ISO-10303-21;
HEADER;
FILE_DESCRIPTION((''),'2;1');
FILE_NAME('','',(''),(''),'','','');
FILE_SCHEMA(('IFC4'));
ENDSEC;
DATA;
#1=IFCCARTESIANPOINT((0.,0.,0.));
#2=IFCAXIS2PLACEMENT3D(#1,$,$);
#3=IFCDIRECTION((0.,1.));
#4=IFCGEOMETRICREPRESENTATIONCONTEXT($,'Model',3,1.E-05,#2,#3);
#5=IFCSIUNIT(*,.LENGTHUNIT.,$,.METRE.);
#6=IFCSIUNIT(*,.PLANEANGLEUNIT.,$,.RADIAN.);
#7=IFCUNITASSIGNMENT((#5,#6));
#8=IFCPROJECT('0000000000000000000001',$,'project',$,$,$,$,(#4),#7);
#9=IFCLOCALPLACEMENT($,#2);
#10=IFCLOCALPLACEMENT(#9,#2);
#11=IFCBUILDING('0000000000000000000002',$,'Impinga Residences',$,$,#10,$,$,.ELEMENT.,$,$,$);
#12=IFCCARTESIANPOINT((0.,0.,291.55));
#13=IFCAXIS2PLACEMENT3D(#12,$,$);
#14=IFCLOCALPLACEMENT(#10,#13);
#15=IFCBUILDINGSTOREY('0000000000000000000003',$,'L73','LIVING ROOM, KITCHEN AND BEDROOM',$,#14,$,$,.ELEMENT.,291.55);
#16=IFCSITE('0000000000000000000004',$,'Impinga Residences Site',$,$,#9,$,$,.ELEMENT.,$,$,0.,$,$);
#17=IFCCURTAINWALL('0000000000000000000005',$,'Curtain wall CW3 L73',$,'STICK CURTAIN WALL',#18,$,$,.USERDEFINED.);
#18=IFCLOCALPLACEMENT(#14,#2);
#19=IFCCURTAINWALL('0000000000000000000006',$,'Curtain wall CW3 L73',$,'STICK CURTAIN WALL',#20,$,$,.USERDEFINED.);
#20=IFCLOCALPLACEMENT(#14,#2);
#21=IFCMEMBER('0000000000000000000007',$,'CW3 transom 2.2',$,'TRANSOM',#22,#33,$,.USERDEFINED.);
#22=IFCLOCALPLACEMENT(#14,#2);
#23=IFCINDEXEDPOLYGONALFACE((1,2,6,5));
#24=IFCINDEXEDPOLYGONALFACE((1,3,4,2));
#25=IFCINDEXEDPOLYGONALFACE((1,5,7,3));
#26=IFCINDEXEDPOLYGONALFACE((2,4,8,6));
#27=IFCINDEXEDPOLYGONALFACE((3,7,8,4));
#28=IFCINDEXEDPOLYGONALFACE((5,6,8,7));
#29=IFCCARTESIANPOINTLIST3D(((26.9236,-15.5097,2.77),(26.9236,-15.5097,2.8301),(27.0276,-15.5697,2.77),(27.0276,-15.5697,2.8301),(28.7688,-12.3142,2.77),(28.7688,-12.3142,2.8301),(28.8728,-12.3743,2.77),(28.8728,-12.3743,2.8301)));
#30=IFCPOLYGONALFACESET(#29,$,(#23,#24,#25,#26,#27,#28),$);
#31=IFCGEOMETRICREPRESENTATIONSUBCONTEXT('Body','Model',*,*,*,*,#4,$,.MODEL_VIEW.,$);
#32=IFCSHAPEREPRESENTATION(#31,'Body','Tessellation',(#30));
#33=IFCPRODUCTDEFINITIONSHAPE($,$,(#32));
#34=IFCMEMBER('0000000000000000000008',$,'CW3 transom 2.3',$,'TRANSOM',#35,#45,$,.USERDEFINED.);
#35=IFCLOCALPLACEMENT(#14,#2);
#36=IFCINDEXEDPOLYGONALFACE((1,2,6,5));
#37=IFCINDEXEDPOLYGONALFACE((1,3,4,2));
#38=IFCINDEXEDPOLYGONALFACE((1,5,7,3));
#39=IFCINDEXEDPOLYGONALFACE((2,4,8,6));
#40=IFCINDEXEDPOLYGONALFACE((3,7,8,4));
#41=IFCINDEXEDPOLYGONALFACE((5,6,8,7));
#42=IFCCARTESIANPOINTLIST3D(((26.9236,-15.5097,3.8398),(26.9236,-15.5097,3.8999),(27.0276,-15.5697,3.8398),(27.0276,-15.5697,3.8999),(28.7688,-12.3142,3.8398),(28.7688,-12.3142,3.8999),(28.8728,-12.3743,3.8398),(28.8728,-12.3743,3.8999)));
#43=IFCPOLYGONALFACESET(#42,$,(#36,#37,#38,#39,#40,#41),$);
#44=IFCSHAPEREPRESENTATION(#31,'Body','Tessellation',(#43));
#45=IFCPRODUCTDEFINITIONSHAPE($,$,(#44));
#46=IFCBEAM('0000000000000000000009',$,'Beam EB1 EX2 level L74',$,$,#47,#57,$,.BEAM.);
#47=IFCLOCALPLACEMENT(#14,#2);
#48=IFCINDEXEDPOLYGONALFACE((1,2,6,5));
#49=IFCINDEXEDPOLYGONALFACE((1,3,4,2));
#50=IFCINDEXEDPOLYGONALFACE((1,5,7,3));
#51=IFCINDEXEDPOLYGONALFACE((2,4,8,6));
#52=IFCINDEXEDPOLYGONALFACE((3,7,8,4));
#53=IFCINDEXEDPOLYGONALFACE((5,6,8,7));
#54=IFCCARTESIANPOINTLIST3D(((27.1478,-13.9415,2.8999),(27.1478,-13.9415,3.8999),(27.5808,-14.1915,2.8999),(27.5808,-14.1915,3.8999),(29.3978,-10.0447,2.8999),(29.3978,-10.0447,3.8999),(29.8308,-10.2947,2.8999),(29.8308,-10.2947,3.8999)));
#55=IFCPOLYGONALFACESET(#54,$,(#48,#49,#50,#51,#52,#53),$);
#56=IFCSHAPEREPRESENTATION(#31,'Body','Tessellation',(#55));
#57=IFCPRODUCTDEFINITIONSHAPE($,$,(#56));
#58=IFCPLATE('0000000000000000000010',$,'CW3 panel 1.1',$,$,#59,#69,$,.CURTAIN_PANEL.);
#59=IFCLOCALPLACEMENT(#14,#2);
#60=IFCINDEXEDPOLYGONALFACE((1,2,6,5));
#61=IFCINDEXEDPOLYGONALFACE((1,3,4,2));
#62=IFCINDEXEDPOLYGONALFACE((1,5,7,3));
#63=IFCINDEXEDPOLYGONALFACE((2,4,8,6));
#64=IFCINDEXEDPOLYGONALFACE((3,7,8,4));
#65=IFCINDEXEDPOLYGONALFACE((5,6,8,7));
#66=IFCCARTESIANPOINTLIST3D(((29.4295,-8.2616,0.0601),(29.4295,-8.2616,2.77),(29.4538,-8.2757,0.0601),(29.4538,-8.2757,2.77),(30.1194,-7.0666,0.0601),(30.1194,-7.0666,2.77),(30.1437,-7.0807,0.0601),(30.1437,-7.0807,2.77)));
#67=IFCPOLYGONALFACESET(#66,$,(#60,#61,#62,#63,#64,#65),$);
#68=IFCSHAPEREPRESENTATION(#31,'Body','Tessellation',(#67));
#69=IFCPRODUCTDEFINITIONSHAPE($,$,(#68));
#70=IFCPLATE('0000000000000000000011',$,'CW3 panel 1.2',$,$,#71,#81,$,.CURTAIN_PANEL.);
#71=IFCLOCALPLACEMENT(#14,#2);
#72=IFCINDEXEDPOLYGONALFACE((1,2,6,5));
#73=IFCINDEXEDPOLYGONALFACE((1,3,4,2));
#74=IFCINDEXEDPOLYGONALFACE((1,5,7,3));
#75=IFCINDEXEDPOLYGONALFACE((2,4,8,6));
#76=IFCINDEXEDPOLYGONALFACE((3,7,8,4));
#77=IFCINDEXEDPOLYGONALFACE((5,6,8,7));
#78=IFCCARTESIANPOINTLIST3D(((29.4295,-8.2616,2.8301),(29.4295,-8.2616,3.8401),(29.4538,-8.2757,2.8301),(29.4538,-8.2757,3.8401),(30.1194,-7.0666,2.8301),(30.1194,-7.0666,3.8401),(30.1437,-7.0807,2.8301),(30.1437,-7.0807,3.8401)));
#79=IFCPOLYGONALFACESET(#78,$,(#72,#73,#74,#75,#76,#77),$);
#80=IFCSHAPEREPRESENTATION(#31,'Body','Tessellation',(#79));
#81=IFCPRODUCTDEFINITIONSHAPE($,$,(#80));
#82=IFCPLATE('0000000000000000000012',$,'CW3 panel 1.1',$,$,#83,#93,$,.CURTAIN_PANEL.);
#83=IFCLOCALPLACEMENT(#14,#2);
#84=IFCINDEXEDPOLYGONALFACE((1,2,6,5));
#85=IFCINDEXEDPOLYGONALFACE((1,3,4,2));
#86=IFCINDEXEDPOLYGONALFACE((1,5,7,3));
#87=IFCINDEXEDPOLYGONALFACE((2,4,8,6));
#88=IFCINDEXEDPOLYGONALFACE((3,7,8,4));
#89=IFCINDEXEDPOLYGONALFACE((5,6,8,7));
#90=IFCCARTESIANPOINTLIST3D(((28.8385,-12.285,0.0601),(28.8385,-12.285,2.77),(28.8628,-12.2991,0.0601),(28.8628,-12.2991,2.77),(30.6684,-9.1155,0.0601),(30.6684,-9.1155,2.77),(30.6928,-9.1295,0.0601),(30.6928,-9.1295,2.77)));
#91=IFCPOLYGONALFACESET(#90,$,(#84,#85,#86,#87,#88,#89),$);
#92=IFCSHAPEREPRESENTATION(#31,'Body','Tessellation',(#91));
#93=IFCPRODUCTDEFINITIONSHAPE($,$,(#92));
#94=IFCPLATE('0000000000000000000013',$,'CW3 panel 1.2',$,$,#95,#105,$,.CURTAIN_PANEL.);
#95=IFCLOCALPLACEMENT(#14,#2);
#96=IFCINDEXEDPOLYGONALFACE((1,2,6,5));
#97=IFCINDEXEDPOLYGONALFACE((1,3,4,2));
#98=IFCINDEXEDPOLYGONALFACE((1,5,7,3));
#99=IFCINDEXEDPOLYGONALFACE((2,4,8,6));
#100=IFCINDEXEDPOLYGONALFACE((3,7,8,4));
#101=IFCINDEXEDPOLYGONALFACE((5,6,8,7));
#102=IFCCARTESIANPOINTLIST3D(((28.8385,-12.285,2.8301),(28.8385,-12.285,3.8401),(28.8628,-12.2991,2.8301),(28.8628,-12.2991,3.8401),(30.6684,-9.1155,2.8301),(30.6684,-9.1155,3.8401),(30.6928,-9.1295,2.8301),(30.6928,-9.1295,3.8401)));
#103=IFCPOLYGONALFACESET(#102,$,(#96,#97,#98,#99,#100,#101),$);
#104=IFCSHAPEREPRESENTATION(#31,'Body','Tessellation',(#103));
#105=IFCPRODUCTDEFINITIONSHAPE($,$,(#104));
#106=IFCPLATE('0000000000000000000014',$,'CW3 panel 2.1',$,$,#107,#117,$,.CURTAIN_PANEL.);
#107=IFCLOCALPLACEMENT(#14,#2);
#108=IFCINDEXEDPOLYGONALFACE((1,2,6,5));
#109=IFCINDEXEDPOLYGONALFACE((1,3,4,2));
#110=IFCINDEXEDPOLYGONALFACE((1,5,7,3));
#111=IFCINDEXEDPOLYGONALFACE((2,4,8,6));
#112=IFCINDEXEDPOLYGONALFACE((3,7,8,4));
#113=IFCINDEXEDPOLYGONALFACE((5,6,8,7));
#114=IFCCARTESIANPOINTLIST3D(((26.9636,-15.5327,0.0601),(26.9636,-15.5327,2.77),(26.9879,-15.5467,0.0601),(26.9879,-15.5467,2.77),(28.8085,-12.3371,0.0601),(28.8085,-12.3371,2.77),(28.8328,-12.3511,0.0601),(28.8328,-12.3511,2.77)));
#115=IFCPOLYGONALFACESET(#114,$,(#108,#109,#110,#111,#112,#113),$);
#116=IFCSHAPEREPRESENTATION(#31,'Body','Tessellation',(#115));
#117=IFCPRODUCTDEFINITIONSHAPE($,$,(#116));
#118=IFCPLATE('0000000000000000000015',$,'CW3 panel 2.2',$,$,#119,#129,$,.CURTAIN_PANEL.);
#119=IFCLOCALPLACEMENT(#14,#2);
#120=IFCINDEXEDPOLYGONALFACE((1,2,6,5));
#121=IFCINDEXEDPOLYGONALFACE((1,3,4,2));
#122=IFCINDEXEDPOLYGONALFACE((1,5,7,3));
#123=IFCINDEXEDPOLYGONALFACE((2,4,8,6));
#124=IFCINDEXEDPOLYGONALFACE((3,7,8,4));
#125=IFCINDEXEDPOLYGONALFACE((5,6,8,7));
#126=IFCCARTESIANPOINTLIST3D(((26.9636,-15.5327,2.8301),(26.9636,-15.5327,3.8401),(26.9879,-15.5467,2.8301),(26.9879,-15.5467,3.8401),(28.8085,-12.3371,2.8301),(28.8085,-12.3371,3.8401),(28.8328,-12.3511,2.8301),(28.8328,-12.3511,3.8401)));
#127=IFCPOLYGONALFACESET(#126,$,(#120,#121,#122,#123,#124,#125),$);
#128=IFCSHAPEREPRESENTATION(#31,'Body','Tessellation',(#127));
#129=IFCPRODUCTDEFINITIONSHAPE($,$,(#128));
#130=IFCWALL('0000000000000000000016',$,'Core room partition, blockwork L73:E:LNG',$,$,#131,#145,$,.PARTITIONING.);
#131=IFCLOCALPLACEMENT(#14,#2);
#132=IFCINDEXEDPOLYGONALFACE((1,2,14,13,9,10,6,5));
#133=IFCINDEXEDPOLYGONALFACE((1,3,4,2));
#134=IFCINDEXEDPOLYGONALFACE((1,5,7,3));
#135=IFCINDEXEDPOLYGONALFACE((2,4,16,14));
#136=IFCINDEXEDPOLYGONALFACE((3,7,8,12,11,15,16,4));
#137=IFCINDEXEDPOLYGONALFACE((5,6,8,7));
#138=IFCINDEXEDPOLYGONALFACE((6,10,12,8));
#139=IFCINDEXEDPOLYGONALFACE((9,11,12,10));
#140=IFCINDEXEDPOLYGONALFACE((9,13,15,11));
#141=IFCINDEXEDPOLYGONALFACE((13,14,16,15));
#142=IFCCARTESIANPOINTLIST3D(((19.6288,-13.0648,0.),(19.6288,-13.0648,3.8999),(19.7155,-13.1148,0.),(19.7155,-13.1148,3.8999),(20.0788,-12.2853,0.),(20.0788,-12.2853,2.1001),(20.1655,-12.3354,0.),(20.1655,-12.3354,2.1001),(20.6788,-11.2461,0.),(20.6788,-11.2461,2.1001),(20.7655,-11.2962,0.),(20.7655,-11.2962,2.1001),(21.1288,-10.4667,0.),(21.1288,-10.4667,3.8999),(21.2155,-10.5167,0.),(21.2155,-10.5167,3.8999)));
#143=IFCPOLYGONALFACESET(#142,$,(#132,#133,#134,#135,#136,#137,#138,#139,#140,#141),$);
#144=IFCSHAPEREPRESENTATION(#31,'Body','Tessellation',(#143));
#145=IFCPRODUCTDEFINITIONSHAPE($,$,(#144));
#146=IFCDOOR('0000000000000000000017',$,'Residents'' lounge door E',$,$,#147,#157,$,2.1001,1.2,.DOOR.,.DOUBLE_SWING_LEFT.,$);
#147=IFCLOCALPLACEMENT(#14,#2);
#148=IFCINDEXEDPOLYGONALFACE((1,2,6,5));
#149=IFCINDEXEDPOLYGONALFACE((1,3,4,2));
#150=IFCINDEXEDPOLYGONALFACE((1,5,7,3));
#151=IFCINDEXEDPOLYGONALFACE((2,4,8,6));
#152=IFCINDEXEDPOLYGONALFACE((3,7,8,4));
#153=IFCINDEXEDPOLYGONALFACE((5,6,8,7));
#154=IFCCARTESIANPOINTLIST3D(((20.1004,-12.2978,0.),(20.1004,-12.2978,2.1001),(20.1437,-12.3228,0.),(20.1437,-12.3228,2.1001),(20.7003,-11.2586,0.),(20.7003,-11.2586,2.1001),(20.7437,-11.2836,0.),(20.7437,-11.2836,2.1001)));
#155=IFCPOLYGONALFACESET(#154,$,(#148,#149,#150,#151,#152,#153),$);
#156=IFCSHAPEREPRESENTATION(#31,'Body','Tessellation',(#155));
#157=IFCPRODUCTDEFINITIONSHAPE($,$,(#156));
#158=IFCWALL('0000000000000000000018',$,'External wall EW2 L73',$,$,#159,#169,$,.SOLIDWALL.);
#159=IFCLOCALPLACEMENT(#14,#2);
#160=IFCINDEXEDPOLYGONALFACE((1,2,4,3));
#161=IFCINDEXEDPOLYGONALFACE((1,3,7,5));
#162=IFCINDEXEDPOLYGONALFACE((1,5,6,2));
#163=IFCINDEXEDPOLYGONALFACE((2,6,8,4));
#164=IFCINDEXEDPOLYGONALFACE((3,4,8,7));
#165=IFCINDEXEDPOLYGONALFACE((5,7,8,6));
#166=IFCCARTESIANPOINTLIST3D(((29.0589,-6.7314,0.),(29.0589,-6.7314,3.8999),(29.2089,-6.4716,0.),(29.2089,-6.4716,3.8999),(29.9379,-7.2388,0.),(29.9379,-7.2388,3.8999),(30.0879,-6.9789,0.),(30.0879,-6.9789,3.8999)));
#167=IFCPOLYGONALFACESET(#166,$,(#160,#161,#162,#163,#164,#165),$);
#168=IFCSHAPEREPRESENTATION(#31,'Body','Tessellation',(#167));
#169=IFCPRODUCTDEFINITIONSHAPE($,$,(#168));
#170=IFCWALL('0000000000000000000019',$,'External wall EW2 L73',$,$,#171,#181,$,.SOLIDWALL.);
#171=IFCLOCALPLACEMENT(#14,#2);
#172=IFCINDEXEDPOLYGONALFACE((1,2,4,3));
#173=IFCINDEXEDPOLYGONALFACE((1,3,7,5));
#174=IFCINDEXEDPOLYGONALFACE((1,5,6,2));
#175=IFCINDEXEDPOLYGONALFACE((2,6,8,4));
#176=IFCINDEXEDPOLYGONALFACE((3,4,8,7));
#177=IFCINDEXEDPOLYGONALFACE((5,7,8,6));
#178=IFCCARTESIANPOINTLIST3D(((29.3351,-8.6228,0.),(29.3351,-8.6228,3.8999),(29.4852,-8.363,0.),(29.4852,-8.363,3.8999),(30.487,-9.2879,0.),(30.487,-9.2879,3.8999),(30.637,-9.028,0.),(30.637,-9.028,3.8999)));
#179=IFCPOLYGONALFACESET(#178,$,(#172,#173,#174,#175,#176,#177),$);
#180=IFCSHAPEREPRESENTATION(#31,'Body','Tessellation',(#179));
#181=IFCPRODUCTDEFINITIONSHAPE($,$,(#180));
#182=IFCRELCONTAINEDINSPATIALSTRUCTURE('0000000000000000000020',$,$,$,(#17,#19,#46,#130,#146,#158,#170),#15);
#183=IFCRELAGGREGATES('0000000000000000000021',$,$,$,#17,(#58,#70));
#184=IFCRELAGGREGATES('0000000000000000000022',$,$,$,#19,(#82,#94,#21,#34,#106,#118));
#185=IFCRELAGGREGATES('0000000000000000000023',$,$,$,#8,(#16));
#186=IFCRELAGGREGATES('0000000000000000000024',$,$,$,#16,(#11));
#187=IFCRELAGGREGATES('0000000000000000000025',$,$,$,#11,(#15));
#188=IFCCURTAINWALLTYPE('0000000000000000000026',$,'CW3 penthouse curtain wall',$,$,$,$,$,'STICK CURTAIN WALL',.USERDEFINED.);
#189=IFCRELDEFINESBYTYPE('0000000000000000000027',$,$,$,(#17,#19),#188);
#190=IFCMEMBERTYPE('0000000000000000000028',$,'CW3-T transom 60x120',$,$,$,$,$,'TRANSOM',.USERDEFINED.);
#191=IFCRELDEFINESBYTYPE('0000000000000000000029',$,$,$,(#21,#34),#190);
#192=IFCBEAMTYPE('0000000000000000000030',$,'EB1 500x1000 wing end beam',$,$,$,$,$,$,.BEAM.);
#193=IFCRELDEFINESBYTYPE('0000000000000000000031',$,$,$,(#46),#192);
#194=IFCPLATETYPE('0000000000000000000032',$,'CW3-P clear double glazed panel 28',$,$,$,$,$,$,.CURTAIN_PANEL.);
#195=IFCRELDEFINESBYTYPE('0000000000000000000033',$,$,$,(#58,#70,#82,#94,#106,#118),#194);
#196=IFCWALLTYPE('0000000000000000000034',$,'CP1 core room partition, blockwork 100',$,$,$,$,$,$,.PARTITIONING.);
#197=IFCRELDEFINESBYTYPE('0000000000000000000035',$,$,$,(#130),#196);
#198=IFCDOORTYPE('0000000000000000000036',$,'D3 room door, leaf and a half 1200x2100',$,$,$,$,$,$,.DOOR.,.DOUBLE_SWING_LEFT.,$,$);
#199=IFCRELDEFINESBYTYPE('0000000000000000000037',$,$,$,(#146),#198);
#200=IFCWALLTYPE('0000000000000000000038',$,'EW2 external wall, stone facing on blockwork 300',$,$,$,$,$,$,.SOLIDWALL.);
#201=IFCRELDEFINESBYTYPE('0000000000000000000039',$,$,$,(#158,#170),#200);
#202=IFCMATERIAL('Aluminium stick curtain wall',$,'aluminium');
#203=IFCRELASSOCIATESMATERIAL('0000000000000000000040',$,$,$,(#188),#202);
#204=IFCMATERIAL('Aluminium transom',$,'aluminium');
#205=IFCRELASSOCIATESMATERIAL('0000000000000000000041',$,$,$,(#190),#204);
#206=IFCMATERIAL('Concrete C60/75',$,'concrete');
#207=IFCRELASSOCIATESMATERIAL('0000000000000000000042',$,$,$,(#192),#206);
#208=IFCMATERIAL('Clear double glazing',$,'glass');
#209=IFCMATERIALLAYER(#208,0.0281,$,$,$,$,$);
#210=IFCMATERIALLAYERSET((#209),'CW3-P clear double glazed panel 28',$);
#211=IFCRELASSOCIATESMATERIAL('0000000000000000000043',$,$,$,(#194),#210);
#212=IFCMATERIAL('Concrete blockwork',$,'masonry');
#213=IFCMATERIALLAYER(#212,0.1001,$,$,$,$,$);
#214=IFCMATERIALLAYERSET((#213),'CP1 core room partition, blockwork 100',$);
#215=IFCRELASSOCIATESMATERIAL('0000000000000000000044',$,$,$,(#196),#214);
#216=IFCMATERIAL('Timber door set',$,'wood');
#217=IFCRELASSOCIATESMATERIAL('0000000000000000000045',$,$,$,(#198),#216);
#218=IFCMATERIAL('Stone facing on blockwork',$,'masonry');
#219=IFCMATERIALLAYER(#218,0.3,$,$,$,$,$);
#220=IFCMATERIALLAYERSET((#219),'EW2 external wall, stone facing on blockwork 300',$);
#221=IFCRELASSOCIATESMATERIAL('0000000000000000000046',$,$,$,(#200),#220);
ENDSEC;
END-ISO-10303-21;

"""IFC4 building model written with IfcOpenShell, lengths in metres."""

from ifc_helpers import new_model, si_unit, direction, frame, frame_2d, origin, origin_2d, place, context, subcontext, project, spatial, rectangle, extrude, material, layer, layer_set, material_profile, profile_set, type_object, element, fill, aggregate, save


model = new_model("IFC4")

# Units and contexts
model_context = context("Model", 3, precision=1e-05, world=origin(), true_north=direction((0.0, 1.0)))
body_context = subcontext(model_context, "Body", "Model", "MODEL_VIEW")
ifc_project = project(units=[si_unit("LENGTHUNIT", "METRE"), si_unit("PLANEANGLEUNIT", "RADIAN")], contexts=[model_context])

# Site, building, storey
site_placement = place(None, origin())
site = spatial("IfcSite", under=ifc_project, at=site_placement, Name="Impinga Residences Site", CompositionType="ELEMENT", RefElevation=0.0)
building_placement = place(site_placement, origin())
building = spatial("IfcBuilding", under=site, at=building_placement, Name="Impinga Residences", CompositionType="ELEMENT")
storey_placement = place(building_placement, frame((0.0, 0.0, 291.55)))
storey = spatial("IfcBuildingStorey", under=building, at=storey_placement, Name="L73", Description="LIVING ROOM, KITCHEN AND BEDROOM", CompositionType="ELEMENT", Elevation=291.55)

# Shared definitions
ifc_material_1 = material(Name="Concrete C60/75", Category="concrete")

# Curtain walls
ifc_material_2 = material(Name="Aluminium stick curtain wall", Category="aluminium")
curtain_wall_type = type_object("IfcCurtainWallType", Name="CW3 penthouse curtain wall", ElementType="STICK CURTAIN WALL", PredefinedType="USERDEFINED", material=ifc_material_2)
curtain_wall_1_placement = place(storey_placement, origin())
curtain_wall_1 = element("IfcCurtainWall", 1, at=curtain_wall_1_placement, inside=storey, type_object=curtain_wall_type, Name="Curtain wall CW3 L73", ObjectType="STICK CURTAIN WALL", PredefinedType="USERDEFINED")
curtain_wall_2_placement = place(storey_placement, origin())
curtain_wall_2 = element("IfcCurtainWall", 2, at=curtain_wall_2_placement, inside=storey, type_object=curtain_wall_type, Name="Curtain wall CW3 L73", ObjectType="STICK CURTAIN WALL", PredefinedType="USERDEFINED")

# Members
ifc_material_3 = material(Name="Aluminium transom", Category="aluminium")
ifc_material_profile_1 = material_profile(ifc_material_3, rectangle(XDim=0.0601, YDim=0.1201, at=origin_2d()), Name="60x120 transom")
ifc_profile_set_1 = profile_set([ifc_material_profile_1], Name="Aluminium transom")
member_type_1 = type_object("IfcMemberType", Name="CW3-T transom 60x120", ElementType="TRANSOM", PredefinedType="USERDEFINED", material=ifc_profile_set_1)
member_1_placement = place(storey_placement, frame((28.8208, -12.3442, 2.8), z_axis=(-0.500053, -0.865995, 0.0), x_axis=(0.0, 0.0, 1.0)))
member_1 = element("IfcMember", 3, at=member_1_placement, type_object=member_type_1, Name="CW3 transom 2.2", ObjectType="TRANSOM", PredefinedType="USERDEFINED", context=body_context, shape_type="SweptSolid", body=[
    extrude(rectangle(XDim=0.0601, YDim=0.1201, at=origin_2d()), origin(), (0.0, 0.0, 1.0), 3.6899),
])
member_2_placement = place(storey_placement, frame((28.8208, -12.3442, 3.8699), z_axis=(-0.500053, -0.865995, 0.0), x_axis=(0.0, 0.0, 1.0)))
member_2 = element("IfcMember", 4, at=member_2_placement, type_object=member_type_1, Name="CW3 transom 2.3", ObjectType="TRANSOM", PredefinedType="USERDEFINED", context=body_context, shape_type="SweptSolid", body=[
    extrude(rectangle(XDim=0.0601, YDim=0.1201, at=origin_2d()), origin(), (0.0, 0.0, 1.0), 3.6899),
])

# Beam
ifc_material_profile_2 = material_profile(ifc_material_1, rectangle(XDim=0.5, YDim=1.0, at=origin_2d()), Name="RC 500x1000")
ifc_profile_set_2 = profile_set([ifc_material_profile_2], Name="Concrete C60/75")
beam_type_1 = type_object("IfcBeamType", Name="EB1 500x1000 wing end beam", PredefinedType="BEAM", material=ifc_profile_set_2)
beam_1_placement = place(storey_placement, frame((29.6143, -10.1697, 3.3999), z_axis=(-0.500014, -0.866018, 0.0), x_axis=(0.866018, -0.500014, 0.0)))
element("IfcBeam", 5, at=beam_1_placement, inside=storey, type_object=beam_type_1, Name="Beam EB1 EX2 level L74", PredefinedType="BEAM", context=body_context, shape_type="SweptSolid", body=[
    extrude(rectangle(XDim=0.5, YDim=1.0, at=origin_2d()), origin(), (0.0, 0.0, 1.0), 4.4998),
])

# Plates
ifc_material_4 = material(Name="Clear double glazing", Category="glass")
ifc_layer_1 = layer(ifc_material_4, 0.0281)
ifc_layer_set_1 = layer_set([ifc_layer_1], Name="CW3-P clear double glazed panel 28")
plate_type = type_object("IfcPlateType", Name="CW3-P clear double glazed panel 28", PredefinedType="CURTAIN_PANEL", material=ifc_layer_set_1)
plate_1_placement = place(storey_placement, frame((29.7866, -7.6711, 0.0601), z_axis=(0.0, 0.0, 1.0), x_axis=(-0.5, -0.866025, 0.0)))
plate_1 = element("IfcPlate", 6, at=plate_1_placement, type_object=plate_type, Name="CW3 panel 1.1", PredefinedType="CURTAIN_PANEL", context=body_context, shape_type="SweptSolid", body=[
    extrude(rectangle(XDim=1.3799, YDim=0.0281, at=origin_2d()), origin(), (0.0, 0.0, 1.0), 2.71),
])
plate_2_placement = place(storey_placement, frame((29.7866, -7.6711, 2.8301), z_axis=(0.0, 0.0, 1.0), x_axis=(-0.5, -0.866025, 0.0)))
plate_2 = element("IfcPlate", 7, at=plate_2_placement, type_object=plate_type, Name="CW3 panel 1.2", PredefinedType="CURTAIN_PANEL", context=body_context, shape_type="SweptSolid", body=[
    extrude(rectangle(XDim=1.3799, YDim=0.0281, at=origin_2d()), origin(), (0.0, 0.0, 1.0), 1.01),
])
aggregate(curtain_wall_1, [plate_1, plate_2])
plate_3_placement = place(storey_placement, frame((29.7656, -10.7073, 0.0601), z_axis=(0.0, 0.0, 1.0), x_axis=(-0.5, -0.866025, 0.0)))
plate_3 = element("IfcPlate", 8, at=plate_3_placement, type_object=plate_type, Name="CW3 panel 1.1", PredefinedType="CURTAIN_PANEL", context=body_context, shape_type="SweptSolid", body=[
    extrude(rectangle(XDim=3.6599, YDim=0.0281, at=origin_2d()), origin(), (0.0, 0.0, 1.0), 2.71),
])
plate_4_placement = place(storey_placement, frame((29.7656, -10.7073, 2.8301), z_axis=(0.0, 0.0, 1.0), x_axis=(-0.5, -0.866025, 0.0)))
plate_4 = element("IfcPlate", 9, at=plate_4_placement, type_object=plate_type, Name="CW3 panel 1.2", PredefinedType="CURTAIN_PANEL", context=body_context, shape_type="SweptSolid", body=[
    extrude(rectangle(XDim=3.6599, YDim=0.0281, at=origin_2d()), origin(), (0.0, 0.0, 1.0), 1.01),
])
plate_5_placement = place(storey_placement, frame((27.8982, -13.9419, 0.0601), z_axis=(0.0, 0.0, 1.0), x_axis=(-0.5, -0.866025, 0.0)))
plate_5 = element("IfcPlate", 10, at=plate_5_placement, type_object=plate_type, Name="CW3 panel 2.1", PredefinedType="CURTAIN_PANEL", context=body_context, shape_type="SweptSolid", body=[
    extrude(rectangle(XDim=3.6899, YDim=0.0281, at=origin_2d()), origin(), (0.0, 0.0, 1.0), 2.71),
])
plate_6_placement = place(storey_placement, frame((27.8982, -13.9419, 2.8301), z_axis=(0.0, 0.0, 1.0), x_axis=(-0.5, -0.866025, 0.0)))
plate_6 = element("IfcPlate", 11, at=plate_6_placement, type_object=plate_type, Name="CW3 panel 2.2", PredefinedType="CURTAIN_PANEL", context=body_context, shape_type="SweptSolid", body=[
    extrude(rectangle(XDim=3.6899, YDim=0.0281, at=origin_2d()), origin(), (0.0, 0.0, 1.0), 1.01),
])
aggregate(curtain_wall_2, [plate_3, plate_4, member_1, member_2, plate_5, plate_6])

# Wall, opening, door
ifc_material_5 = material(Name="Concrete blockwork", Category="masonry")
ifc_layer_2 = layer(ifc_material_5, 0.1001)
ifc_layer_set_2 = layer_set([ifc_layer_2], Name="CP1 core room partition, blockwork 100")
wall_type_1 = type_object("IfcWallType", Name="CP1 core room partition, blockwork 100", PredefinedType="PARTITIONING", material=ifc_layer_set_2)
wall_1_placement = place(storey_placement, frame((21.1721, -10.4917, 0.0), z_axis=(0.0, 0.0, 1.0), x_axis=(-0.49999, -0.866031, 0.0)))
wall_1 = element("IfcWall", 12, at=wall_1_placement, inside=storey, type_object=wall_type_1, Name="Core room partition, blockwork L73:E:LNG", PredefinedType="PARTITIONING", context=body_context, shape_type="SweptSolid", body=[
    extrude(rectangle(XDim=3.0, YDim=0.1001, at=frame_2d((1.5, 0.0))), origin(), (0.0, 0.0, 1.0), 3.8999),
])
opening_placement = place(wall_1_placement, frame((0.8999, 0.0, 0.0)))
opening = element("IfcOpeningElement", 13, at=opening_placement, cuts=wall_1, PredefinedType="OPENING", context=body_context, shape_type="SweptSolid", body=[
    extrude(rectangle(XDim=1.2, YDim=2.1001, at=frame_2d((0.6001, 1.05))), frame((0.0, 0.0601, 0.0), z_axis=(0.0, -1.0, 0.0), x_axis=(1.0, 0.0, 0.0)), (0.0, 0.0, 1.0), 0.1201),
])
ifc_material_6 = material(Name="Timber door set", Category="wood")
door_type = type_object("IfcDoorType", Name="D3 room door, leaf and a half 1200x2100", OperationType="DOUBLE_SWING_LEFT", PredefinedType="DOOR", material=ifc_material_6)
door_placement = place(opening_placement, origin())
door = element("IfcDoor", 14, at=door_placement, inside=storey, type_object=door_type, Name="Residents' lounge door E", OperationType="DOUBLE_SWING_LEFT", OverallHeight=2.1001, OverallWidth=1.2, PredefinedType="DOOR", context=body_context, shape_type="SweptSolid", body=[
    extrude(rectangle(XDim=1.2, YDim=2.1001, at=frame_2d((0.6001, 1.05))), frame((0.0, 0.0249, 0.0), z_axis=(0.0, -1.0, 0.0), x_axis=(1.0, 0.0, 0.0)), (0.0, 0.0, 1.0), 0.05),
])
fill(opening, door)

# Walls
ifc_material_7 = material(Name="Stone facing on blockwork", Category="masonry")
ifc_layer_3 = layer(ifc_material_7, 0.3)
ifc_layer_set_3 = layer_set([ifc_layer_3], Name="EW2 external wall, stone facing on blockwork 300")
wall_type_2 = type_object("IfcWallType", Name="EW2 external wall, stone facing on blockwork 300", PredefinedType="SOLIDWALL", material=ifc_layer_set_3)
wall_2_placement = place(storey_placement, frame((29.134, -6.6016, 0.0), z_axis=(0.0, 0.0, 1.0), x_axis=(0.866073, -0.499917, 0.0)))
element("IfcWall", 15, at=wall_2_placement, inside=storey, type_object=wall_type_2, Name="External wall EW2 L73", PredefinedType="SOLIDWALL", context=body_context, shape_type="SweptSolid", body=[
    extrude(rectangle(XDim=1.0149, YDim=0.3, at=frame_2d((0.5073, 0.0))), origin(), (0.0, 0.0, 1.0), 3.8999),
])
wall_3_placement = place(storey_placement, frame((29.4102, -8.4929, 0.0), z_axis=(0.0, 0.0, 1.0), x_axis=(0.866021, -0.500008, 0.0)))
element("IfcWall", 16, at=wall_3_placement, inside=storey, type_object=wall_type_2, Name="External wall EW2 L73", PredefinedType="SOLIDWALL", context=body_context, shape_type="SweptSolid", body=[
    extrude(rectangle(XDim=1.3301, YDim=0.3, at=frame_2d((0.665, 0.0))), origin(), (0.0, 0.0, 1.0), 3.8999),
])

save(model, "model.ifc")
